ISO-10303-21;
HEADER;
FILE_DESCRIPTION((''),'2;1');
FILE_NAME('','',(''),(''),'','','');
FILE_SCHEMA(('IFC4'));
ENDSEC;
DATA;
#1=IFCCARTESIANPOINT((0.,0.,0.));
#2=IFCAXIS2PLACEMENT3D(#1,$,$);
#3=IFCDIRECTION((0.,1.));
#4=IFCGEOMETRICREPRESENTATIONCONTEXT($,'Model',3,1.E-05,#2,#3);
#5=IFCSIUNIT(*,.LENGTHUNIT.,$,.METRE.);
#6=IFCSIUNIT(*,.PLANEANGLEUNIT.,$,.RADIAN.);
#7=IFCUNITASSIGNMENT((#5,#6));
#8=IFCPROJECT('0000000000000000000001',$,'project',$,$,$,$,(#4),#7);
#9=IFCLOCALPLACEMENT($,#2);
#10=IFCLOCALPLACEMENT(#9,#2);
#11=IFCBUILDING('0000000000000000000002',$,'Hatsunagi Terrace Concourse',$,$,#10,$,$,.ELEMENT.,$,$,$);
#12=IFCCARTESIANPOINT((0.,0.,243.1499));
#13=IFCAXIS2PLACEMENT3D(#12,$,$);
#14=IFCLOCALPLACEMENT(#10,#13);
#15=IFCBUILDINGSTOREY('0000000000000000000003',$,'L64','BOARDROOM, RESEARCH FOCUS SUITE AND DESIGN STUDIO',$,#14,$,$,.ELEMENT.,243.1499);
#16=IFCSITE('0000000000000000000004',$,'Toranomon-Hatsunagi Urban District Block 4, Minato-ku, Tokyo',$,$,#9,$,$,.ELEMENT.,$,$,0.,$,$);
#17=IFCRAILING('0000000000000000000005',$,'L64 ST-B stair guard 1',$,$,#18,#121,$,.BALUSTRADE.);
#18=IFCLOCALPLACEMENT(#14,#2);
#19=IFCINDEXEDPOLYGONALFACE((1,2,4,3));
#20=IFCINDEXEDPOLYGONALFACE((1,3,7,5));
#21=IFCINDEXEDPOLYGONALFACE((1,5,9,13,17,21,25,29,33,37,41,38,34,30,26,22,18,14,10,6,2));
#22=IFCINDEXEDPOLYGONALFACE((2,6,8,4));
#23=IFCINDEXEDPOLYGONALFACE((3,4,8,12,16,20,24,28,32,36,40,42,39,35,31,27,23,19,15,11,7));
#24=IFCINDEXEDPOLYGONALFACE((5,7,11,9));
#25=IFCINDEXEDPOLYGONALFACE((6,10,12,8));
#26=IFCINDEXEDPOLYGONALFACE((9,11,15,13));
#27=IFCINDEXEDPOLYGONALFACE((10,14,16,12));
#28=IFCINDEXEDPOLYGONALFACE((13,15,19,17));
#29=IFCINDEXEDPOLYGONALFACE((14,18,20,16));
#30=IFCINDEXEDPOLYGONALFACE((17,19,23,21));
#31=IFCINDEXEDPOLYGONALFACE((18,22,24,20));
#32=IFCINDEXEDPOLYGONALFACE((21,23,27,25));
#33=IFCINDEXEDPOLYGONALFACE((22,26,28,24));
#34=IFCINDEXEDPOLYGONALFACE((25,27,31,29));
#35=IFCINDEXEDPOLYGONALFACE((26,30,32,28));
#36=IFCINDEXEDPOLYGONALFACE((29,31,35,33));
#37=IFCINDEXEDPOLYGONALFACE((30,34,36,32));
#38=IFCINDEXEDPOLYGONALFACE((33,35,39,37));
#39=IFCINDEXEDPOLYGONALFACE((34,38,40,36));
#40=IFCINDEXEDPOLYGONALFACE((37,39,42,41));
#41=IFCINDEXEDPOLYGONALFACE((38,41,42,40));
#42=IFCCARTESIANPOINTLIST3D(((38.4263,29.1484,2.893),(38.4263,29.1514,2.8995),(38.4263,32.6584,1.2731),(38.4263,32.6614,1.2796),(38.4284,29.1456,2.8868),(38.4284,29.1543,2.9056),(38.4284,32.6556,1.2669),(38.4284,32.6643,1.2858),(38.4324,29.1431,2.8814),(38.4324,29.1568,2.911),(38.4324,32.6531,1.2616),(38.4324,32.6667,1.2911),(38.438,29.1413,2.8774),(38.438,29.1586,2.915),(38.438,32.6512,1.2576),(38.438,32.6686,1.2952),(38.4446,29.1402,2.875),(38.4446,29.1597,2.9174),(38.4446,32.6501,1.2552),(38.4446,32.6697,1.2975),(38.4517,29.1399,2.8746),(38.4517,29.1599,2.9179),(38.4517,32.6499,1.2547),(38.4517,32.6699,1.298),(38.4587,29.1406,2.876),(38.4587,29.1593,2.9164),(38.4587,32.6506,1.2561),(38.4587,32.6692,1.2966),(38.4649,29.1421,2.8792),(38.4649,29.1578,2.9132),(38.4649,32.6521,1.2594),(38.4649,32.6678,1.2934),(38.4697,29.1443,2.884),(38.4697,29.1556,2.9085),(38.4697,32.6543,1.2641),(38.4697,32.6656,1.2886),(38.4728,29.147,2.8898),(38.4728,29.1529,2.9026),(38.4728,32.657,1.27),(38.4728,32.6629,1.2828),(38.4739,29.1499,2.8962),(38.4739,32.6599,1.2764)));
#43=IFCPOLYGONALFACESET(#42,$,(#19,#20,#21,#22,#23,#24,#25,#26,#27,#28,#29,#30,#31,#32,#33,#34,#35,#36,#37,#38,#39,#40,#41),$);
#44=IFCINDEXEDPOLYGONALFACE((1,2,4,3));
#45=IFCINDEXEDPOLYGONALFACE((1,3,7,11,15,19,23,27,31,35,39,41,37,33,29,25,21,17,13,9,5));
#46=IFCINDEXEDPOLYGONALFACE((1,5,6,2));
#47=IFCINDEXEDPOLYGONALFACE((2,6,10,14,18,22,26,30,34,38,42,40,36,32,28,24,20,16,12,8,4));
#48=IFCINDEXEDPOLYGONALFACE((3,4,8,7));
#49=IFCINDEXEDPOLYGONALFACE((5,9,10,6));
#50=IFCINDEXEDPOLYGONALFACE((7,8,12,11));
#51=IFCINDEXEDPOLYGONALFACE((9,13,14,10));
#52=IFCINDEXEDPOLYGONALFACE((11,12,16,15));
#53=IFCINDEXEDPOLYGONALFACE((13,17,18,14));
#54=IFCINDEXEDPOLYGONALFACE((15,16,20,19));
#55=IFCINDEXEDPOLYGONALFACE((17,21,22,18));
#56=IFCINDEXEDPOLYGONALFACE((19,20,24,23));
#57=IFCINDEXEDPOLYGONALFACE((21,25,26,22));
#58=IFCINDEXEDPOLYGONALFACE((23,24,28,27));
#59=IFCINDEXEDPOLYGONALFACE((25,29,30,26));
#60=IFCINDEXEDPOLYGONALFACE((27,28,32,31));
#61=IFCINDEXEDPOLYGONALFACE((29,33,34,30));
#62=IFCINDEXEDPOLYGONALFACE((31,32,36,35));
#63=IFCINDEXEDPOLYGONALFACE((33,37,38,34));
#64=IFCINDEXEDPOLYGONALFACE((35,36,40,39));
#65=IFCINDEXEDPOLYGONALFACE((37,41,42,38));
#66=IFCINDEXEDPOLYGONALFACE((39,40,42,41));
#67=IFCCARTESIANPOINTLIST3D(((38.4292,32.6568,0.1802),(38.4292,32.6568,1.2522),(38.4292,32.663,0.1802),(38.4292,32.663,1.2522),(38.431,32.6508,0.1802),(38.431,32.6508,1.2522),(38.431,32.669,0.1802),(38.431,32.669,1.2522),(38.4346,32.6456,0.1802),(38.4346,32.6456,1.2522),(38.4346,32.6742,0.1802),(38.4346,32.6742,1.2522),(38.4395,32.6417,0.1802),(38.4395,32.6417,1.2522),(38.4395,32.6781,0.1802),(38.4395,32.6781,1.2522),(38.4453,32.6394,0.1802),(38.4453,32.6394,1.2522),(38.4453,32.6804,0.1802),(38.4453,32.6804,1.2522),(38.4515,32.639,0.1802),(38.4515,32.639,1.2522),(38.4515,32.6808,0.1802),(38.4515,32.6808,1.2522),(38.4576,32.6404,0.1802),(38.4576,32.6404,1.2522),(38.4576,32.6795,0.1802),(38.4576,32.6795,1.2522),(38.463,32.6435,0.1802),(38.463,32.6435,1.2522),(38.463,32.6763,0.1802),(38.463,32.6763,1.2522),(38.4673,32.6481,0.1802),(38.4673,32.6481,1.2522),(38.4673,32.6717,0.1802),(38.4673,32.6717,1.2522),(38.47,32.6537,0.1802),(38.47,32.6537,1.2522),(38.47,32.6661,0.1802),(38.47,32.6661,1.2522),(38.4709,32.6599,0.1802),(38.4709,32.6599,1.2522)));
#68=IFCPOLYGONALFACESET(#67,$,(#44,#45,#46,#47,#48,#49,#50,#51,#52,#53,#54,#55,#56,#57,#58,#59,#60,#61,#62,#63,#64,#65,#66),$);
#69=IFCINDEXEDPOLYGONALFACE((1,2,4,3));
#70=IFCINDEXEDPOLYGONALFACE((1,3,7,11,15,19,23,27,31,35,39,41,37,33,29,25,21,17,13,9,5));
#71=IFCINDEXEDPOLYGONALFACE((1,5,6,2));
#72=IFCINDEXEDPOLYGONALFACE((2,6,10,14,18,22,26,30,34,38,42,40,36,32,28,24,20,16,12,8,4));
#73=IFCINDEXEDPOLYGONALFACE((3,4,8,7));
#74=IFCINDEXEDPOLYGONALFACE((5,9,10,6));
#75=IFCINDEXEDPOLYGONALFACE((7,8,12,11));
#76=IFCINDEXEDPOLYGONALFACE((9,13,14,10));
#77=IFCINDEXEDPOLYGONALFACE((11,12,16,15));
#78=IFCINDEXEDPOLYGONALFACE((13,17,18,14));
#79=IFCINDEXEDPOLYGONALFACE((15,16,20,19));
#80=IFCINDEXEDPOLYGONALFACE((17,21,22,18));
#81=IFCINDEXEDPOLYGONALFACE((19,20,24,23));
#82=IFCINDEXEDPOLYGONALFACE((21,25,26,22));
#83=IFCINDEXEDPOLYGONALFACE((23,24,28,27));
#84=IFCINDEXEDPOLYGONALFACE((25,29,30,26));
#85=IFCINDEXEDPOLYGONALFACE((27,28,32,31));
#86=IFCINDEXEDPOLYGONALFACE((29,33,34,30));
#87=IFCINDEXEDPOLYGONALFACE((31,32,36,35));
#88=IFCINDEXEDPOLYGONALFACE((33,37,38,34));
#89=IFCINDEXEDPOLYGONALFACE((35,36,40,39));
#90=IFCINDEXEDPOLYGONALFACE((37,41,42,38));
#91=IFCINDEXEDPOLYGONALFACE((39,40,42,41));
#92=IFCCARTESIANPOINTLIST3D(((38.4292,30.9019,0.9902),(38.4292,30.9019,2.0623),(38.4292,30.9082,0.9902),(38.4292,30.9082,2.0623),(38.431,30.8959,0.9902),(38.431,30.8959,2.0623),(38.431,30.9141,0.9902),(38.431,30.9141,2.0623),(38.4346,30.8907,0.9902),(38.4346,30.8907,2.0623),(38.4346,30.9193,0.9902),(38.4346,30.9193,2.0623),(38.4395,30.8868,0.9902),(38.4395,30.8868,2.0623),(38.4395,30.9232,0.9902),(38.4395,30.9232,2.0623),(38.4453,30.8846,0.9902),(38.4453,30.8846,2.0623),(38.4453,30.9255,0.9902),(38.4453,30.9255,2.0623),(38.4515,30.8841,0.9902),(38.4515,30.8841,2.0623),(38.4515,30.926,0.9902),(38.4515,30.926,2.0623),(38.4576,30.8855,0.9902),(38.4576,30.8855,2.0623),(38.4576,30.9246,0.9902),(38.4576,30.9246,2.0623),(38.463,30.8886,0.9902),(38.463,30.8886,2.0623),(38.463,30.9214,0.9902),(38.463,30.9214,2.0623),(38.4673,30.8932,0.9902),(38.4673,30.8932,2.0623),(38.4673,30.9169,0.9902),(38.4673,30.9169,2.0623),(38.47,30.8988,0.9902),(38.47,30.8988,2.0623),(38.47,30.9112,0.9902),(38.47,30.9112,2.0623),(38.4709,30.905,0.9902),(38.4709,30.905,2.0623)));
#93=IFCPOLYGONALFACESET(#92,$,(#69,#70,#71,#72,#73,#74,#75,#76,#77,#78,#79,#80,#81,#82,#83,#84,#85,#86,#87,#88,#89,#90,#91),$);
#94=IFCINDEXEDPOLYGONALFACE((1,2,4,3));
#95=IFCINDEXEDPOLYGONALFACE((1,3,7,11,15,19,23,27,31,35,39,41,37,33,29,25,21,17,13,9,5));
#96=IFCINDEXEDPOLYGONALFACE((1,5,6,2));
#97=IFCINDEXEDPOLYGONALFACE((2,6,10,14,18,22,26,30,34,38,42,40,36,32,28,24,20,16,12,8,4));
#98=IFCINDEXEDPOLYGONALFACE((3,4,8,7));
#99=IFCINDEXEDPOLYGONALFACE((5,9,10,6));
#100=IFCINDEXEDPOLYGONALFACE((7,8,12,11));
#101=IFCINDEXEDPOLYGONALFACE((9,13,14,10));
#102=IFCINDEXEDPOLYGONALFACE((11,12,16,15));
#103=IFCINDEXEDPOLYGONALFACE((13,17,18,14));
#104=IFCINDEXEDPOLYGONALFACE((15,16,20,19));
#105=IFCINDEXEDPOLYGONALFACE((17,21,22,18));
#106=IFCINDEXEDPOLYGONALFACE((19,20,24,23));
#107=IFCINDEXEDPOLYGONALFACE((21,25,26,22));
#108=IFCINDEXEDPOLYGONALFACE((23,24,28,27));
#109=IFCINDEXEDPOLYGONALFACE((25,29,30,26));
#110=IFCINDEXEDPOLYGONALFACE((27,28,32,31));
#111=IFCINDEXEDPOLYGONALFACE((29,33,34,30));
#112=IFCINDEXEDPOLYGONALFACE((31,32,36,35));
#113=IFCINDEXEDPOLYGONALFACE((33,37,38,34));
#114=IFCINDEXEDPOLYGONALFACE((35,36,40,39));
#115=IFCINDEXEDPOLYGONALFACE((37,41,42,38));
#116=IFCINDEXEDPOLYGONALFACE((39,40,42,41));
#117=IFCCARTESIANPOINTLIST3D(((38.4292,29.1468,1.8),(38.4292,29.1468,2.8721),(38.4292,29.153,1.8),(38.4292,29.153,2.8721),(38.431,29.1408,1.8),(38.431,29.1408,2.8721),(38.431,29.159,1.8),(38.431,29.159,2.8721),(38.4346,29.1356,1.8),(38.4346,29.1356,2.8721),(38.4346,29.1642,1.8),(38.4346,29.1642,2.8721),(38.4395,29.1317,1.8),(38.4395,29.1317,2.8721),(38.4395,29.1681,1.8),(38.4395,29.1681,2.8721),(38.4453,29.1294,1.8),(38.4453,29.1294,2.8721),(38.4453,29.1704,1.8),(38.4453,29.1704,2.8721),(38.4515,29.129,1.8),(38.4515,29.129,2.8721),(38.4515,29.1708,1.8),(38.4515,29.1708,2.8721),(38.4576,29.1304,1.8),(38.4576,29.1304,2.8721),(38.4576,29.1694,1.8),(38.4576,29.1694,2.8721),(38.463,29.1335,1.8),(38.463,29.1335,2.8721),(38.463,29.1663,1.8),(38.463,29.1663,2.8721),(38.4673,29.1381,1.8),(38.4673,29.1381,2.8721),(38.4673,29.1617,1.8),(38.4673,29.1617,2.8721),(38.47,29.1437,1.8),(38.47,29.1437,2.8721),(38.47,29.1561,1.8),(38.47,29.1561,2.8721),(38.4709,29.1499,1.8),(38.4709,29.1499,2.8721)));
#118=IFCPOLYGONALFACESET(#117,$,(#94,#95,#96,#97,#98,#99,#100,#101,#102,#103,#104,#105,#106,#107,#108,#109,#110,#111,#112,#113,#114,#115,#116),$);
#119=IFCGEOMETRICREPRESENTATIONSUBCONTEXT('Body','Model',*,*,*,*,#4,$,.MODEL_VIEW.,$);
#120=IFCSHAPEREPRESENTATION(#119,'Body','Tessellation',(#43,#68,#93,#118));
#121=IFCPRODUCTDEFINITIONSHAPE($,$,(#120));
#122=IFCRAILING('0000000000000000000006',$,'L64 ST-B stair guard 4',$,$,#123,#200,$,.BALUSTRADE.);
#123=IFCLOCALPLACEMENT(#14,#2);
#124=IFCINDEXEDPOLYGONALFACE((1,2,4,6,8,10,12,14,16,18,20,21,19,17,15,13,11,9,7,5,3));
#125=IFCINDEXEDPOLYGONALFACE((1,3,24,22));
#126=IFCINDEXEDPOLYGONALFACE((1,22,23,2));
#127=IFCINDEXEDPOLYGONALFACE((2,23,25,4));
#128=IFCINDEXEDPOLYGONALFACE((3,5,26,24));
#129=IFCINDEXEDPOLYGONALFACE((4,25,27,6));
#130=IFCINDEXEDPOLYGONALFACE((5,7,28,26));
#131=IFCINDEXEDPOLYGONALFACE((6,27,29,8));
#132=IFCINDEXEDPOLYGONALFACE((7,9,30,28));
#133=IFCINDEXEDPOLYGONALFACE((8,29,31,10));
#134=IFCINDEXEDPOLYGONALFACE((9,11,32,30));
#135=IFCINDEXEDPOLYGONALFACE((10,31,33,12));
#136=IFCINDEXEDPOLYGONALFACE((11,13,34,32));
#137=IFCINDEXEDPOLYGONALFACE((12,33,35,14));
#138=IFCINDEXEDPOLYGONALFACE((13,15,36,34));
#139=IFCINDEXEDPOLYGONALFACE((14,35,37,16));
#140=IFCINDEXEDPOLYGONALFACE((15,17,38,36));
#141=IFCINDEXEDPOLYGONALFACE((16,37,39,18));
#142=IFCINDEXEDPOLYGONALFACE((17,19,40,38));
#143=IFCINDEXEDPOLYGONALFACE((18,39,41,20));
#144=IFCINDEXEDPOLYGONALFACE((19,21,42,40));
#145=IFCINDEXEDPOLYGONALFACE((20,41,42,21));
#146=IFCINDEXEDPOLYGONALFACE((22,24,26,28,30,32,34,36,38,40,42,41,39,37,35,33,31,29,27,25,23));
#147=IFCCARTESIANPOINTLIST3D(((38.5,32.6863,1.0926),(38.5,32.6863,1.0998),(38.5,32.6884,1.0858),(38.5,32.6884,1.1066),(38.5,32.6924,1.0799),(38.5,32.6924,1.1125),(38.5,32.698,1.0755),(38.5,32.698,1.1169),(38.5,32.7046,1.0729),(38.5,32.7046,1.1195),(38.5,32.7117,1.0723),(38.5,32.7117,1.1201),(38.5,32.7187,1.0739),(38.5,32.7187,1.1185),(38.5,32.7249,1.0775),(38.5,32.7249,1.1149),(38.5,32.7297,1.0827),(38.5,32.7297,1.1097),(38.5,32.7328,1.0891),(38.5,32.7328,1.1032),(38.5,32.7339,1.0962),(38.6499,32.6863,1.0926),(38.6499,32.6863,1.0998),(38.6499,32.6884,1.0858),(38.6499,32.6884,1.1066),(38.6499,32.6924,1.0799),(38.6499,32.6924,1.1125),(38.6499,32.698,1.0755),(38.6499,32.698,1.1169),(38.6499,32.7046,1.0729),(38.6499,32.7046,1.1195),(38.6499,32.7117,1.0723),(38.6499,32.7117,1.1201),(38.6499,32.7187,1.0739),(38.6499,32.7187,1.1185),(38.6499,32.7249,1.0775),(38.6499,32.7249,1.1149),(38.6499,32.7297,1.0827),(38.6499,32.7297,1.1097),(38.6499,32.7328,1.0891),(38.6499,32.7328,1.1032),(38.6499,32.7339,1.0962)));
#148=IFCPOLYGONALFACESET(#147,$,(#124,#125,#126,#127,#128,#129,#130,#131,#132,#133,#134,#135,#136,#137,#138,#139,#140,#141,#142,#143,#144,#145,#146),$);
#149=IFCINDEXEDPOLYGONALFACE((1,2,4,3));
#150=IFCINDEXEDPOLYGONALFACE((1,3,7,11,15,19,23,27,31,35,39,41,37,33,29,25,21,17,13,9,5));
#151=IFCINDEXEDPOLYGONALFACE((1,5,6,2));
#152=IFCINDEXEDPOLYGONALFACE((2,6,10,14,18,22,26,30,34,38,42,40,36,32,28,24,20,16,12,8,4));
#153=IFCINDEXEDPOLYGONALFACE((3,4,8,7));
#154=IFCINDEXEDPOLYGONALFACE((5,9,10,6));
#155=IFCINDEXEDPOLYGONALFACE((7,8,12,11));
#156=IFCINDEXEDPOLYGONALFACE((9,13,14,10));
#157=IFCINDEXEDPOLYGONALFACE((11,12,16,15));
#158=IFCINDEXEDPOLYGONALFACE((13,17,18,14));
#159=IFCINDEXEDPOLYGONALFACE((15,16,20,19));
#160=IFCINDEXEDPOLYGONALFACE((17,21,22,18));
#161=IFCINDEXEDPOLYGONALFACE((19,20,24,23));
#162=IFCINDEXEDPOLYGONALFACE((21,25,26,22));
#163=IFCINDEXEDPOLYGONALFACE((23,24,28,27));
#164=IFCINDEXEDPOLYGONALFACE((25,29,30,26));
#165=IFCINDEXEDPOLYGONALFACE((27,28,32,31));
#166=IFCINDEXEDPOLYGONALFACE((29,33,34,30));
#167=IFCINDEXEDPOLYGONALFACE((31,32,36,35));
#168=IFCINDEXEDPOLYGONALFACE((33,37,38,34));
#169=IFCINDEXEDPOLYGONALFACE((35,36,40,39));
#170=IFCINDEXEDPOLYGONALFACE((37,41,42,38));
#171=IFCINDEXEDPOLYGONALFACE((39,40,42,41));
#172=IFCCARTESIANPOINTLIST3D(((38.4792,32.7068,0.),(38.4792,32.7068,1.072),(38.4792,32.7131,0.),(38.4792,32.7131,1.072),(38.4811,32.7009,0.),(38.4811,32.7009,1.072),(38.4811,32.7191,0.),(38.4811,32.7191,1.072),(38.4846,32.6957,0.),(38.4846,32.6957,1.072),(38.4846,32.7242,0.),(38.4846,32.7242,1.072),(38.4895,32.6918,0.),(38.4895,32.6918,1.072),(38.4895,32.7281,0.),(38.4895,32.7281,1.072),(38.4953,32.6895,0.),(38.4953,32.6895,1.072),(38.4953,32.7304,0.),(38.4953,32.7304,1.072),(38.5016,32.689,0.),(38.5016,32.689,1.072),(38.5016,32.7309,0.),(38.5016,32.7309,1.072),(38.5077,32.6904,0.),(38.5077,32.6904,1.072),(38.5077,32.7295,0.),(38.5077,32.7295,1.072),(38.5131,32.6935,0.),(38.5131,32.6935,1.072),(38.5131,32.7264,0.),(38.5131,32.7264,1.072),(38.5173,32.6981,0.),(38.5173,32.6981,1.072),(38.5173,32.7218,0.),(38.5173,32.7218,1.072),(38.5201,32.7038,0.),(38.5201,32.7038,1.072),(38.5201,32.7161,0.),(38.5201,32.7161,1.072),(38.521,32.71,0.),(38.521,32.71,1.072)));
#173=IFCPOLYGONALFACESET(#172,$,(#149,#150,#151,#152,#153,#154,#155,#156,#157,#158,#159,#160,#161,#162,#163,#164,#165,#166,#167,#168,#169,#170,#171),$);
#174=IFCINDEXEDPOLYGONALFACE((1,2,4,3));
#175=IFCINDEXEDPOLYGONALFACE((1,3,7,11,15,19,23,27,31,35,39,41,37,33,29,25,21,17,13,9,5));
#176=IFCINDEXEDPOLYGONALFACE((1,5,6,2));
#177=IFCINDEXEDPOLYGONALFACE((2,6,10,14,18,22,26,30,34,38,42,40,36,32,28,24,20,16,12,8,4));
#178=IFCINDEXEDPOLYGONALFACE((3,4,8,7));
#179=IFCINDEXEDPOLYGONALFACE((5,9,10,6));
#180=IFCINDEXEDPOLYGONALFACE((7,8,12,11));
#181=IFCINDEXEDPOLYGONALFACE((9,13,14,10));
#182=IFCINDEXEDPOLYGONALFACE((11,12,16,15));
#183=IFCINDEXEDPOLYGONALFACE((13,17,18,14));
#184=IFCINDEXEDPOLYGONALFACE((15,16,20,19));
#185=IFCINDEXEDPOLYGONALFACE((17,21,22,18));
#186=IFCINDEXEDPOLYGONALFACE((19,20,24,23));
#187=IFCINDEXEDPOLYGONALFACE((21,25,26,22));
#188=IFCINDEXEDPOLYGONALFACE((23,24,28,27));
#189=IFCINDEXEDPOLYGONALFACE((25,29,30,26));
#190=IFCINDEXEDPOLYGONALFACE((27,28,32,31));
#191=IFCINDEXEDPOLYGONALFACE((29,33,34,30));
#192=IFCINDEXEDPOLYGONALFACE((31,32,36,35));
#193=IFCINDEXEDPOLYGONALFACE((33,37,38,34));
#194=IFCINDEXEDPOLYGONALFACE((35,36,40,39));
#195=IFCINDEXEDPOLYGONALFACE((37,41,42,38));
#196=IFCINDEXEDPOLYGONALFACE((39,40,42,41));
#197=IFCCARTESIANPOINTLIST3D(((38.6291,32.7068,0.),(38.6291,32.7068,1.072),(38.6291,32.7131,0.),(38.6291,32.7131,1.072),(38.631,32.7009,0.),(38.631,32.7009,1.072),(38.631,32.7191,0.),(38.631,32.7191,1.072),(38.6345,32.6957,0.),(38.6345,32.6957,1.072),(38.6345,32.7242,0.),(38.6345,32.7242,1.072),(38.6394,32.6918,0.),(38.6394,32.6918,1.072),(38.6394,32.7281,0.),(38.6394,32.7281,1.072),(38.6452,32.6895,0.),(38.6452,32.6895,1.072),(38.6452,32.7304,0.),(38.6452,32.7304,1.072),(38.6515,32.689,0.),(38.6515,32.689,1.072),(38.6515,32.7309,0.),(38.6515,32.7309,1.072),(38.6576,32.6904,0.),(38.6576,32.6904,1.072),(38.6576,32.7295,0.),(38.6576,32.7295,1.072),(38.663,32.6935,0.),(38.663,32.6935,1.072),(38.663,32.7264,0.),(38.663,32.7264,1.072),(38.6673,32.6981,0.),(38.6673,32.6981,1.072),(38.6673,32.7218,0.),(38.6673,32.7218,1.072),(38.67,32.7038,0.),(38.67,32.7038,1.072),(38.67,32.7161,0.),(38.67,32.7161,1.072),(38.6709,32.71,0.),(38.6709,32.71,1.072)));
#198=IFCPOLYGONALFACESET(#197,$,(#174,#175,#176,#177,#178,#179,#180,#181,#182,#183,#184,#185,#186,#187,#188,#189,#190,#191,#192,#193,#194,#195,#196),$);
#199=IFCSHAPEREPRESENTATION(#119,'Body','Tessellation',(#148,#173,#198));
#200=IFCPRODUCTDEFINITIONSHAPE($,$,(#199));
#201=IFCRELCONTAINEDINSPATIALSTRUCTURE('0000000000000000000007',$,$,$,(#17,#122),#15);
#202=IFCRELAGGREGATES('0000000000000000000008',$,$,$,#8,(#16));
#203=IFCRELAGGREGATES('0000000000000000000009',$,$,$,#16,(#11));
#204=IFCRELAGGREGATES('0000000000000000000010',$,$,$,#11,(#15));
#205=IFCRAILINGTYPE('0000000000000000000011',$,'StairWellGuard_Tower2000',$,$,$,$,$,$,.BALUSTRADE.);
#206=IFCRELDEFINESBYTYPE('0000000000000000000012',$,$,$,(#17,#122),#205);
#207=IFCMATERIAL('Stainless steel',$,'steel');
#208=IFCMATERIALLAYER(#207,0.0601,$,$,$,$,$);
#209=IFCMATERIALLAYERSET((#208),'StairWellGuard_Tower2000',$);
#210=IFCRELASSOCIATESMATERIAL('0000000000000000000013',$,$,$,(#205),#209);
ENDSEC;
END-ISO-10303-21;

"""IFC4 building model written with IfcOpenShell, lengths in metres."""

from ifc_helpers import new_model, si_unit, direction, frame, origin, origin_2d, place, context, subcontext, project, spatial, circle, extrude, material, layer, layer_set, type_object, element, save


model = new_model("IFC4")

# Units and contexts
model_context = context("Model", 3, precision=1e-05, world=origin(), true_north=direction((0.0, 1.0)))
body_context = subcontext(model_context, "Body", "Model", "MODEL_VIEW")
ifc_project = project(units=[si_unit("LENGTHUNIT", "METRE"), si_unit("PLANEANGLEUNIT", "RADIAN")], contexts=[model_context])

# Site, building, storey
site_placement = place(None, origin())
site = spatial("IfcSite", under=ifc_project, at=site_placement, Name="Toranomon-Hatsunagi Urban District Block 4, Minato-ku, Tokyo", CompositionType="ELEMENT", RefElevation=0.0)
building_placement = place(site_placement, origin())
building = spatial("IfcBuilding", under=site, at=building_placement, Name="Hatsunagi Terrace Concourse", CompositionType="ELEMENT")
storey_placement = place(building_placement, frame((0.0, 0.0, 243.1499)))
storey = spatial("IfcBuildingStorey", under=building, at=storey_placement, Name="L64", Description="BOARDROOM, RESEARCH FOCUS SUITE AND DESIGN STUDIO", CompositionType="ELEMENT", Elevation=243.1499)

# Railings
ifc_material_1 = material(Name="Stainless steel", Category="steel")
ifc_layer_1 = layer(ifc_material_1, 0.0601)
ifc_layer_set_1 = layer_set([ifc_layer_1], Name="StairWellGuard_Tower2000")
railing_type_1 = type_object("IfcRailingType", Name="StairWellGuard_Tower2000", PredefinedType="BALUSTRADE", material=ifc_layer_set_1)
railing_1_placement = place(storey_placement, frame((38.45, 32.6599, 0.1802)))
element("IfcRailing", 1, at=railing_1_placement, inside=storey, type_object=railing_type_1, Name="L64 ST-B stair guard 1", PredefinedType="BALUSTRADE", context=body_context, shape_type="SweptSolid", body=[
    extrude(circle(Radius=0.0239, at=origin_2d()), frame((0.0, 0.0, 1.0962), z_axis=(0.0, -0.907972, 0.41903), x_axis=(1.0, 0.0, 0.0)), (0.0, 0.0, 1.0), 3.8657),
    extrude(circle(Radius=0.021, at=origin_2d()), origin(), (0.0, 0.0, 1.0), 1.072),
    extrude(circle(Radius=0.021, at=origin_2d()), frame((0.0, -1.7549, 0.8101)), (0.0, 0.0, 1.0), 1.072),
    extrude(circle(Radius=0.021, at=origin_2d()), frame((0.0, -3.51, 1.6199)), (0.0, 0.0, 1.0), 1.072),
])
railing_2_placement = place(storey_placement, frame((38.5, 32.71, 0.0)))
element("IfcRailing", 2, at=railing_2_placement, inside=storey, type_object=railing_type_1, Name="L64 ST-B stair guard 4", PredefinedType="BALUSTRADE", context=body_context, shape_type="SweptSolid", body=[
    extrude(circle(Radius=0.0239, at=origin_2d()), frame((0.0, 0.0, 1.0962), z_axis=(1.0, 0.0, 0.0), x_axis=(0.0, 1.0, 0.0)), (0.0, 0.0, 1.0), 0.1499),
    extrude(circle(Radius=0.021, at=origin_2d()), origin(), (0.0, 0.0, 1.0), 1.072),
    extrude(circle(Radius=0.021, at=origin_2d()), frame((0.1499, 0.0, 0.0)), (0.0, 0.0, 1.0), 1.072),
])

save(model, "model.ifc")
